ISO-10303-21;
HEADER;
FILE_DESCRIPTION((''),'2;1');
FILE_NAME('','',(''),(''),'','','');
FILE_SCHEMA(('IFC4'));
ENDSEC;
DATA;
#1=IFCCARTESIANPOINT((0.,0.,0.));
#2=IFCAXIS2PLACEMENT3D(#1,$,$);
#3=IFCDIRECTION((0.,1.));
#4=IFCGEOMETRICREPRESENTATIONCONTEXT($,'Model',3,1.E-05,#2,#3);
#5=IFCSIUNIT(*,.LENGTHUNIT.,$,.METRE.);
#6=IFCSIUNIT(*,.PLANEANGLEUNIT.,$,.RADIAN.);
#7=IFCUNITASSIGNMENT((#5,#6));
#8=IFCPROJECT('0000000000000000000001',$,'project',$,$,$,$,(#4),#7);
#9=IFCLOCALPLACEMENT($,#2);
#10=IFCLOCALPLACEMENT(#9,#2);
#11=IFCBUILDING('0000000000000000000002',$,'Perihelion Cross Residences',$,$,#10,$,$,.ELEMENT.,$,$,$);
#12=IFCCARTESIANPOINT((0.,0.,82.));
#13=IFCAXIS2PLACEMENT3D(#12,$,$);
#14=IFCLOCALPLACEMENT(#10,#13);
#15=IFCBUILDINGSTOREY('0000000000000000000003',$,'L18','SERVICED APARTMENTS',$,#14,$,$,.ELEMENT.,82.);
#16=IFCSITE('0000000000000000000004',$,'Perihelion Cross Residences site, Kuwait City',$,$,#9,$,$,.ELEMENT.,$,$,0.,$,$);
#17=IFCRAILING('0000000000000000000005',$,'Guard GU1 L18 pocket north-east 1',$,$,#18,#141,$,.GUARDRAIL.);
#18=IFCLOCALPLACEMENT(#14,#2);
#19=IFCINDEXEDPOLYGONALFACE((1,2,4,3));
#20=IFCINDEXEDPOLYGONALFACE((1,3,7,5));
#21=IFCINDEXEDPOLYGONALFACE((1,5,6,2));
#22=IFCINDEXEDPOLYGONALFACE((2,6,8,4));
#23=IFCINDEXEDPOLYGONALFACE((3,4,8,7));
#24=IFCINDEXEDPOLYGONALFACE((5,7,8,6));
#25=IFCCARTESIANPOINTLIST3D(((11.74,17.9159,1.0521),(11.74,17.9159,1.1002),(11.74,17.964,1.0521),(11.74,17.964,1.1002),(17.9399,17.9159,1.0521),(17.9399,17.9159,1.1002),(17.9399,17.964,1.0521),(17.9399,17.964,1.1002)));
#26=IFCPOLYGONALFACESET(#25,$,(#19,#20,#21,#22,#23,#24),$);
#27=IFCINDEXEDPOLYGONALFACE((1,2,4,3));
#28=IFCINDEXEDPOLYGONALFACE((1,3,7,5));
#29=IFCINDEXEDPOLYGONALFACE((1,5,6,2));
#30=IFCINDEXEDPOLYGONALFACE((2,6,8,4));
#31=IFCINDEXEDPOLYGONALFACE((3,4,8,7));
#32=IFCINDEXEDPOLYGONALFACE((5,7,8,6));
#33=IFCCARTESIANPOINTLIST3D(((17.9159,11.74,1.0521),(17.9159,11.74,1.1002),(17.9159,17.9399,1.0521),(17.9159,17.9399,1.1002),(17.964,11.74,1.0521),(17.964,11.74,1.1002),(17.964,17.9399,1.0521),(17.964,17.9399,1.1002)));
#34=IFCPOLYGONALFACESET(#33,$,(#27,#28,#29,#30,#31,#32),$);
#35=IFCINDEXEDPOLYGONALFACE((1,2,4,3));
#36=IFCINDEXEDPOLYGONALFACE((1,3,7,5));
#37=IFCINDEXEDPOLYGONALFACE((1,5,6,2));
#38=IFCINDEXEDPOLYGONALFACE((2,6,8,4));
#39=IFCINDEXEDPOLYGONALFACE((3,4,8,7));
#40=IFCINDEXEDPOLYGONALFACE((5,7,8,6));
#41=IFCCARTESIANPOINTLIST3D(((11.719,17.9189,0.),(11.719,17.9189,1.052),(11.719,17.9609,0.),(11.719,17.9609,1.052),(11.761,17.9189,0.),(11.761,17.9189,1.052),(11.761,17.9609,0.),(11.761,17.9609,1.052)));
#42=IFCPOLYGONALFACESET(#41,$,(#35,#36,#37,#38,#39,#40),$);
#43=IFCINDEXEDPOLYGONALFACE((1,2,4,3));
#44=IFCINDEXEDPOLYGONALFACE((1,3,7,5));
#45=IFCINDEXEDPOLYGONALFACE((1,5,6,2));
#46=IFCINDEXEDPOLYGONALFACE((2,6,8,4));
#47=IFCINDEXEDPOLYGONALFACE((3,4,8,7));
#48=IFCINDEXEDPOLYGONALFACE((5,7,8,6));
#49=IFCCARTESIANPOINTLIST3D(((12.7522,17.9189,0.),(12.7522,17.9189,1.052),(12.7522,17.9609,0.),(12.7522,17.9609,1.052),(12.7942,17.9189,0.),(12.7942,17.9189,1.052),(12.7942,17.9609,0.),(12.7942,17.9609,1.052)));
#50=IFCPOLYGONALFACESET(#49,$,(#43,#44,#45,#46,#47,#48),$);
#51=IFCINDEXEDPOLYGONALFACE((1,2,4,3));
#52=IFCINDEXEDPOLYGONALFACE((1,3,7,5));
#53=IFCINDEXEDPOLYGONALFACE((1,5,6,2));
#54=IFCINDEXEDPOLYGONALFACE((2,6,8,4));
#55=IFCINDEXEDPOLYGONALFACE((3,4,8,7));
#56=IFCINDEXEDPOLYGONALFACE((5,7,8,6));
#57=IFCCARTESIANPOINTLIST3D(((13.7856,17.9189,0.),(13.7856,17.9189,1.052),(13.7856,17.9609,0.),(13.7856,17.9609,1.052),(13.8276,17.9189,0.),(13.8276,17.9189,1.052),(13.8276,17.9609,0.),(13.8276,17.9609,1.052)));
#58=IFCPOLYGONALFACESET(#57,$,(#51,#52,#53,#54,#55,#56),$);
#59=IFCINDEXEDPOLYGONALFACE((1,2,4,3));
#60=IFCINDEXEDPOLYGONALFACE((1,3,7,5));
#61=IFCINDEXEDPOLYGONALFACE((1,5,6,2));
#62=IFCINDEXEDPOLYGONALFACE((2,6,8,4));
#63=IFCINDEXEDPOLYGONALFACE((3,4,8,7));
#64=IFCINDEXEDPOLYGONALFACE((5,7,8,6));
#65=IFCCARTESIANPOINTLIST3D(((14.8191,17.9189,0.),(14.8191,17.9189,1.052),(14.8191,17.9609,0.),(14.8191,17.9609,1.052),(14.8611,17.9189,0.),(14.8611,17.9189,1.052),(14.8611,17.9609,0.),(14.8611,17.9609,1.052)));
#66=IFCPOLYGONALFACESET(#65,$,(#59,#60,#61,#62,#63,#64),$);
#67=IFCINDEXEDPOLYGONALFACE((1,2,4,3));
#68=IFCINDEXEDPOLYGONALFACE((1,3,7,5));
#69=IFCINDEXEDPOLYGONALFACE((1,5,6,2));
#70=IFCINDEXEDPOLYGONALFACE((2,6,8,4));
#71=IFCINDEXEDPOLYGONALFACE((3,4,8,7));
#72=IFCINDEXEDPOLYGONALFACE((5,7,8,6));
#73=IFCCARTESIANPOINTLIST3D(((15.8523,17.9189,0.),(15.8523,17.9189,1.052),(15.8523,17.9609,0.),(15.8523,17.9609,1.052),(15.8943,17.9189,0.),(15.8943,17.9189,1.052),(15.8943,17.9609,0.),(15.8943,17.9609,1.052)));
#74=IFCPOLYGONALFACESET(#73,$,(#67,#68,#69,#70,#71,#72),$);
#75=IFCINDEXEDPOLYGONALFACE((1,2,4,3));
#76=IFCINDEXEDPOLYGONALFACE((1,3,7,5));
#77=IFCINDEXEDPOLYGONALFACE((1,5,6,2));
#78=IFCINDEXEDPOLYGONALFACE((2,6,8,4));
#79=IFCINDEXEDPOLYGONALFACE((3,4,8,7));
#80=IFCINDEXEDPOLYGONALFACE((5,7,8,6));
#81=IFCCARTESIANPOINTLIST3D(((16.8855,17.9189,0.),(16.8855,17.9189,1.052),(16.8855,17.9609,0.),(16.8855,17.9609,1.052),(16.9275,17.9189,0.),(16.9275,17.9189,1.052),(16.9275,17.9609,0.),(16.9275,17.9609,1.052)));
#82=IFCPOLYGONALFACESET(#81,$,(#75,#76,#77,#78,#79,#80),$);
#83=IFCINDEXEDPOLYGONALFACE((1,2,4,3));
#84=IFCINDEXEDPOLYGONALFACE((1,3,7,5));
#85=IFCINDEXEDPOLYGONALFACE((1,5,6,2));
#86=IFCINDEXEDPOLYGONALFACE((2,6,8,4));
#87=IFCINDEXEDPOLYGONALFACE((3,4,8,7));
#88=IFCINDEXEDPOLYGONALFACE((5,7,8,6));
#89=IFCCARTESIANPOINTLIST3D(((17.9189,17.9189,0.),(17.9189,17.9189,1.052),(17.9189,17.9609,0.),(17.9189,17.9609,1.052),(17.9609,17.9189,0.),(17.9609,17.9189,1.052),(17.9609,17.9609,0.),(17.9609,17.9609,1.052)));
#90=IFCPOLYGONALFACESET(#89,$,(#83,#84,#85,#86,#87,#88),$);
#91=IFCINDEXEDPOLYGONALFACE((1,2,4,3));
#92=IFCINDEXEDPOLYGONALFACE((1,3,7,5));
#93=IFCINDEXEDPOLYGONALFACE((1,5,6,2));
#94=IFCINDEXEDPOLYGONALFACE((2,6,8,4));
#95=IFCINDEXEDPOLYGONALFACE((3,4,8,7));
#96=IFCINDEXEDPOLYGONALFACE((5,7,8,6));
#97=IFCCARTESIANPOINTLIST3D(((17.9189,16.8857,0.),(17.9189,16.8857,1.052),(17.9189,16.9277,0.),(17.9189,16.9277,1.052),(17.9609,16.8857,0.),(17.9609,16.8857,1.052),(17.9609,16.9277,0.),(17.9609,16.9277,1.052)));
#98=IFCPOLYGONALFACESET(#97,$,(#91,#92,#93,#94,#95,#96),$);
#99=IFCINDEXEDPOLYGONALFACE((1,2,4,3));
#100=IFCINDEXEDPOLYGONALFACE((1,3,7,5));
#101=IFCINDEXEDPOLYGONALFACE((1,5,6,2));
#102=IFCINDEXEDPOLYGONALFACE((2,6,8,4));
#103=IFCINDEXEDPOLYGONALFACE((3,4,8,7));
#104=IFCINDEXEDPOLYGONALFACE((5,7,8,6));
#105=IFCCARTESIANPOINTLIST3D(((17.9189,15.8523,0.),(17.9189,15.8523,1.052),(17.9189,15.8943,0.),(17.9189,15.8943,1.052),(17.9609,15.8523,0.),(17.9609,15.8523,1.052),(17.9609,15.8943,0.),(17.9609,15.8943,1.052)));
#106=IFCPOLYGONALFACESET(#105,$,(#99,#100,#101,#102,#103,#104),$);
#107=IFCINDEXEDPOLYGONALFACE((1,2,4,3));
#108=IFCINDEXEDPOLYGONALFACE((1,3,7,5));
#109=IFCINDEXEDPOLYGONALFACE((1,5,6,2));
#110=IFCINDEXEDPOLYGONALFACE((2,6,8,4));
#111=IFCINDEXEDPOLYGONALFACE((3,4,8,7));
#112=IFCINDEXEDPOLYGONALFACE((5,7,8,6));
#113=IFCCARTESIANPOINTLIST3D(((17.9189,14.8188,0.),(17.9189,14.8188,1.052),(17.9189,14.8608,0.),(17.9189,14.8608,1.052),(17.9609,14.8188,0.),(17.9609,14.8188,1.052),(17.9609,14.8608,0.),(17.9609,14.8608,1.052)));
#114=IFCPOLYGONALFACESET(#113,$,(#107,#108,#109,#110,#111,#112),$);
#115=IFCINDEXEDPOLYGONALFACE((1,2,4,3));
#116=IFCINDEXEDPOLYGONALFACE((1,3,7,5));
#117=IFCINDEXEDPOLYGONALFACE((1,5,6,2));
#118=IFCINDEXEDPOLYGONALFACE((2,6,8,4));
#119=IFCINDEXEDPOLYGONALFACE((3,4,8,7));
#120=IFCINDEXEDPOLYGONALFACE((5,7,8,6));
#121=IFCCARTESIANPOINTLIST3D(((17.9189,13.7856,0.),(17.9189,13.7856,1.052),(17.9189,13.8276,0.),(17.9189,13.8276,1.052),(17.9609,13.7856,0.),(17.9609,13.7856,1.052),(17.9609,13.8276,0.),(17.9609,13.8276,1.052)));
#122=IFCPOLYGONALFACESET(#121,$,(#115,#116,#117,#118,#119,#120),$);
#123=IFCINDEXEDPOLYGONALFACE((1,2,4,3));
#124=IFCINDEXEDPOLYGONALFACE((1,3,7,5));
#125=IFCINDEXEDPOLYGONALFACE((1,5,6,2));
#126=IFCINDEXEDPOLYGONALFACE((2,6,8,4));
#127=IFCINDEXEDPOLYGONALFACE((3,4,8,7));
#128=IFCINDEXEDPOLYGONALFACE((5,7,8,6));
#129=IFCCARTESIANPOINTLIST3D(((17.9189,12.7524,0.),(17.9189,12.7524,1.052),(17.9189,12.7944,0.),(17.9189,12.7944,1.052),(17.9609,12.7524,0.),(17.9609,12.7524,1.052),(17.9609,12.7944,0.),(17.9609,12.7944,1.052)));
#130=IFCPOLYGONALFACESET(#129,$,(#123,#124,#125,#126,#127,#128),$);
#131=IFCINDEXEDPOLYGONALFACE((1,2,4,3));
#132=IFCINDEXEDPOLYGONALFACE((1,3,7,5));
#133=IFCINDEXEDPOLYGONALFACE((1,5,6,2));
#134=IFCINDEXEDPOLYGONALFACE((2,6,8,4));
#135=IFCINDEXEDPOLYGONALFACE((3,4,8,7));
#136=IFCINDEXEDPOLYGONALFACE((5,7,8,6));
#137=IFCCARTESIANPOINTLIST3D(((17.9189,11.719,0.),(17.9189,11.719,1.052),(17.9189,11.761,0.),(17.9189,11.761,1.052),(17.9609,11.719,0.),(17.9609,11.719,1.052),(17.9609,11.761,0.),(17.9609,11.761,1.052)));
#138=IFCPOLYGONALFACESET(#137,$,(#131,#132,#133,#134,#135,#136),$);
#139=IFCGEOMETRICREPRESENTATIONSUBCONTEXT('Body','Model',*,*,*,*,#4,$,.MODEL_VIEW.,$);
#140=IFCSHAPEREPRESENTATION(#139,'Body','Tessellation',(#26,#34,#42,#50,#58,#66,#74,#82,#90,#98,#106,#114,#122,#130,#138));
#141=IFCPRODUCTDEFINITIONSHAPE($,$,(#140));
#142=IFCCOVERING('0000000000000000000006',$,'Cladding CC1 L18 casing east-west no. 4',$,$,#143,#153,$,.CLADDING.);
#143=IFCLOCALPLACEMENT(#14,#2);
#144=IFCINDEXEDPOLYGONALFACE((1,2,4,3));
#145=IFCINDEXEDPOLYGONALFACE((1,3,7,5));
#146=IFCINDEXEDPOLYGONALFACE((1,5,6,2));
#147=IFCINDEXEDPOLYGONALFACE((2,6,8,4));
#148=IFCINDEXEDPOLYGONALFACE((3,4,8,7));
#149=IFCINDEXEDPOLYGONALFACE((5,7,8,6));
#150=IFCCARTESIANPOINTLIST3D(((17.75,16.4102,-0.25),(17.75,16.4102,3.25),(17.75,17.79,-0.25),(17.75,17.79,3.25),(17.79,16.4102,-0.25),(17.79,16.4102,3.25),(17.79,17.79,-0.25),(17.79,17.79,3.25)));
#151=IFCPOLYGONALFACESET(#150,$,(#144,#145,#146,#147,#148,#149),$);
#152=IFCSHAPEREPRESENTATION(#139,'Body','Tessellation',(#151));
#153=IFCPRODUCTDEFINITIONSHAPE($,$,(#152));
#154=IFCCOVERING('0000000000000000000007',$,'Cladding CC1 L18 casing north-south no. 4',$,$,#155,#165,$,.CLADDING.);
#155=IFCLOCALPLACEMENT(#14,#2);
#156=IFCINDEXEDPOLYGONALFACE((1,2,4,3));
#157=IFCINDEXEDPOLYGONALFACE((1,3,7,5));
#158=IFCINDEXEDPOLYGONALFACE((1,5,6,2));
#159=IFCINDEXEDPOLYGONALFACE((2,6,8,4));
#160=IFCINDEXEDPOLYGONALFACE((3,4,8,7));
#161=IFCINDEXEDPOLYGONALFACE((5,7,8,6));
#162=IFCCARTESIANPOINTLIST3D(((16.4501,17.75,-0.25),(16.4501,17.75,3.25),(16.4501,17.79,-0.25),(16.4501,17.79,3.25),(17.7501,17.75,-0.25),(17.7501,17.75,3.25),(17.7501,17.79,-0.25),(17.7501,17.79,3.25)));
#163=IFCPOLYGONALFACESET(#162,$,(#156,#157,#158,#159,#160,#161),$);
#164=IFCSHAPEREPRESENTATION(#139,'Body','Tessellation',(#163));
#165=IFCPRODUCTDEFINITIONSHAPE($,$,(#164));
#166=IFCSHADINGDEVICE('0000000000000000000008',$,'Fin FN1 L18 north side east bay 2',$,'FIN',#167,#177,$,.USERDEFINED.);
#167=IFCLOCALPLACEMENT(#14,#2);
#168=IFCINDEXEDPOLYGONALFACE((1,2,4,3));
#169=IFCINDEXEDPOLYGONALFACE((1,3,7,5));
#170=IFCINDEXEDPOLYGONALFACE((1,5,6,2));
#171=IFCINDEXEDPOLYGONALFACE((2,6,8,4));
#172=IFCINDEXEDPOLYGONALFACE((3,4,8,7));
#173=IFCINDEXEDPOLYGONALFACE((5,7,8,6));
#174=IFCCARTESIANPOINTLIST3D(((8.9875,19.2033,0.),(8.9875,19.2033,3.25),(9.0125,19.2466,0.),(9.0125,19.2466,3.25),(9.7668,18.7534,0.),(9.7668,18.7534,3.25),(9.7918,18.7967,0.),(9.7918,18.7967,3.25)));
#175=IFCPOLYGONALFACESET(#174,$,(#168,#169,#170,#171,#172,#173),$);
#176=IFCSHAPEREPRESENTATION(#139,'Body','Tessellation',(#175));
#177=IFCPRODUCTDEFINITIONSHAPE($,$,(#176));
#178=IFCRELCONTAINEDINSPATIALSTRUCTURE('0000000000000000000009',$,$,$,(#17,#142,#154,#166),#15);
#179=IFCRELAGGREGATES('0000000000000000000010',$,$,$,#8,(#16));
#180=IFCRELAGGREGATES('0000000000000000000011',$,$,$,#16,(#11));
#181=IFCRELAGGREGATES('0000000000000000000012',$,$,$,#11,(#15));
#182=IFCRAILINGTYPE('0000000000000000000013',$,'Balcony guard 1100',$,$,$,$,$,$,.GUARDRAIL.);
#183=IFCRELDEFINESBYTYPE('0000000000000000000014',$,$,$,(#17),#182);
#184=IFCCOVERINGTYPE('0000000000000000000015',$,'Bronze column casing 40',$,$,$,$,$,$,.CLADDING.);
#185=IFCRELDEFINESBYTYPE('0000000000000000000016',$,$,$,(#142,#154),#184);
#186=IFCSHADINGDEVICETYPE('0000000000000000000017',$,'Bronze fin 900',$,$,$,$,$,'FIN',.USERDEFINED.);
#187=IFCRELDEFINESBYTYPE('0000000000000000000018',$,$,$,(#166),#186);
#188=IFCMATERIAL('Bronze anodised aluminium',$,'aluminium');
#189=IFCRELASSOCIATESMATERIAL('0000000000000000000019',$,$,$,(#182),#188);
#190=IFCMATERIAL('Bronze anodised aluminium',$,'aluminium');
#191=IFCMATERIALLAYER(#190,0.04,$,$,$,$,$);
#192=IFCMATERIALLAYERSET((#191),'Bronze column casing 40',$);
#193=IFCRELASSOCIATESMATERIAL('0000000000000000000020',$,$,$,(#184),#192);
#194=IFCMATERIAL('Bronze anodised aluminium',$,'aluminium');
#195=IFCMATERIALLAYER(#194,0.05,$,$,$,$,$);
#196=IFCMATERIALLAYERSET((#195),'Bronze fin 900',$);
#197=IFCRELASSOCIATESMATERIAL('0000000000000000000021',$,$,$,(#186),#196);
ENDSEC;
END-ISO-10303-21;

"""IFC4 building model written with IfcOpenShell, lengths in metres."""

from ifc_helpers import new_model, si_unit, direction, frame, origin, origin_2d, place, context, subcontext, project, spatial, rectangle, extrude, material, layer, layer_set, type_object, element, save


model = new_model("IFC4")

# Units and contexts
model_context = context("Model", 3, precision=1e-05, world=origin(), true_north=direction((0.0, 1.0)))
body_context = subcontext(model_context, "Body", "Model", "MODEL_VIEW")
ifc_project = project(units=[si_unit("LENGTHUNIT", "METRE"), si_unit("PLANEANGLEUNIT", "RADIAN")], contexts=[model_context])

# Site, building, storey
site_placement = place(None, origin())
site = spatial("IfcSite", under=ifc_project, at=site_placement, Name="Perihelion Cross Residences site, Kuwait City", CompositionType="ELEMENT", RefElevation=0.0)
building_placement = place(site_placement, origin())
building = spatial("IfcBuilding", under=site, at=building_placement, Name="Perihelion Cross Residences", CompositionType="ELEMENT")
storey_placement = place(building_placement, frame((0.0, 0.0, 82.0)))
storey = spatial("IfcBuildingStorey", under=building, at=storey_placement, Name="L18", Description="SERVICED APARTMENTS", CompositionType="ELEMENT", Elevation=82.0)

# Railing
ifc_material_1 = material(Name="Bronze anodised aluminium", Category="aluminium")
railing_type = type_object("IfcRailingType", Name="Balcony guard 1100", PredefinedType="GUARDRAIL", material=ifc_material_1)
railing_1_placement = place(storey_placement, frame((11.74, 17.9399, 0.0)))
element("IfcRailing", 1, at=railing_1_placement, inside=storey, type_object=railing_type, Name="Guard GU1 L18 pocket north-east 1", PredefinedType="GUARDRAIL", context=body_context, shape_type="SweptSolid", body=[
    extrude(rectangle(XDim=0.0481, YDim=0.0481, at=origin_2d()), frame((0.0, 0.0, 1.0762), z_axis=(1.0, 0.0, 0.0), x_axis=(0.0, 1.0, 0.0)), (0.0, 0.0, 1.0), 6.2),
    extrude(rectangle(XDim=0.0481, YDim=0.0481, at=origin_2d()), frame((6.2, 0.0, 1.0762), z_axis=(0.0, -1.0, 0.0), x_axis=(1.0, 0.0, 0.0)), (0.0, 0.0, 1.0), 6.2),
    extrude(rectangle(XDim=0.042, YDim=0.042, at=origin_2d()), origin(), (0.0, 0.0, 1.0), 1.052),
    extrude(rectangle(XDim=0.042, YDim=0.042, at=origin_2d()), frame((1.0332, 0.0, 0.0)), (0.0, 0.0, 1.0), 1.052),
    extrude(rectangle(XDim=0.042, YDim=0.042, at=origin_2d()), frame((2.0667, 0.0, 0.0)), (0.0, 0.0, 1.0), 1.052),
    extrude(rectangle(XDim=0.042, YDim=0.042, at=origin_2d()), frame((3.1001, 0.0, 0.0)), (0.0, 0.0, 1.0), 1.052),
    extrude(rectangle(XDim=0.042, YDim=0.042, at=origin_2d()), frame((4.1333, 0.0, 0.0)), (0.0, 0.0, 1.0), 1.052),
    extrude(rectangle(XDim=0.042, YDim=0.042, at=origin_2d()), frame((5.1665, 0.0, 0.0)), (0.0, 0.0, 1.0), 1.052),
    extrude(rectangle(XDim=0.042, YDim=0.042, at=origin_2d()), frame((6.2, 0.0, 0.0)), (0.0, 0.0, 1.0), 1.052),
    extrude(rectangle(XDim=0.042, YDim=0.042, at=origin_2d()), frame((6.2, -1.0332, 0.0)), (0.0, 0.0, 1.0), 1.052),
    extrude(rectangle(XDim=0.042, YDim=0.042, at=origin_2d()), frame((6.2, -2.0667, 0.0)), (0.0, 0.0, 1.0), 1.052),
    extrude(rectangle(XDim=0.042, YDim=0.042, at=origin_2d()), frame((6.2, -3.1001, 0.0)), (0.0, 0.0, 1.0), 1.052),
    extrude(rectangle(XDim=0.042, YDim=0.042, at=origin_2d()), frame((6.2, -4.1333, 0.0)), (0.0, 0.0, 1.0), 1.052),
    extrude(rectangle(XDim=0.042, YDim=0.042, at=origin_2d()), frame((6.2, -5.1665, 0.0)), (0.0, 0.0, 1.0), 1.052),
    extrude(rectangle(XDim=0.042, YDim=0.042, at=origin_2d()), frame((6.2, -6.2, 0.0)), (0.0, 0.0, 1.0), 1.052),
])

# Coverings
ifc_material_2 = material(Name="Bronze anodised aluminium", Category="aluminium")
ifc_layer_1 = layer(ifc_material_2, 0.04)
ifc_layer_set_1 = layer_set([ifc_layer_1], Name="Bronze column casing 40")
covering_type = type_object("IfcCoveringType", Name="Bronze column casing 40", PredefinedType="CLADDING", material=ifc_layer_set_1)
covering_1_placement = place(storey_placement, frame((17.77, 17.1001, -0.25), z_axis=(0.0, 0.0, 1.0), x_axis=(1.0, 0.0, 0.0)))
element("IfcCovering", 2, at=covering_1_placement, inside=storey, type_object=covering_type, Name="Cladding CC1 L18 casing east-west no. 4", PredefinedType="CLADDING", context=body_context, shape_type="SweptSolid", body=[
    extrude(rectangle(XDim=0.04, YDim=1.3799, at=origin_2d()), origin(), (0.0, 0.0, 1.0), 3.5),
])
covering_2_placement = place(storey_placement, frame((17.1001, 17.77, -0.25), z_axis=(0.0, 0.0, 1.0), x_axis=(1.0, 0.0, 0.0)))
element("IfcCovering", 3, at=covering_2_placement, inside=storey, type_object=covering_type, Name="Cladding CC1 L18 casing north-south no. 4", PredefinedType="CLADDING", context=body_context, shape_type="SweptSolid", body=[
    extrude(rectangle(XDim=1.3, YDim=0.04, at=origin_2d()), origin(), (0.0, 0.0, 1.0), 3.5),
])

# Shading device
ifc_material_3 = material(Name="Bronze anodised aluminium", Category="aluminium")
ifc_layer_2 = layer(ifc_material_3, 0.05)
ifc_layer_set_2 = layer_set([ifc_layer_2], Name="Bronze fin 900")
shading_device_type = type_object("IfcShadingDeviceType", Name="Bronze fin 900", ElementType="FIN", PredefinedType="USERDEFINED", material=ifc_layer_set_2)
shading_device_placement = place(storey_placement, frame((9.3896, 19.0, 0.0), z_axis=(0.0, 0.0, 1.0), x_axis=(0.866025, -0.5, 0.0)))
element("IfcShadingDevice", 4, at=shading_device_placement, inside=storey, type_object=shading_device_type, Name="Fin FN1 L18 north side east bay 2", ObjectType="FIN", PredefinedType="USERDEFINED", context=body_context, shape_type="SweptSolid", body=[
    extrude(rectangle(XDim=0.8999, YDim=0.05, at=origin_2d()), origin(), (0.0, 0.0, 1.0), 3.25),
])

save(model, "model.ifc")
